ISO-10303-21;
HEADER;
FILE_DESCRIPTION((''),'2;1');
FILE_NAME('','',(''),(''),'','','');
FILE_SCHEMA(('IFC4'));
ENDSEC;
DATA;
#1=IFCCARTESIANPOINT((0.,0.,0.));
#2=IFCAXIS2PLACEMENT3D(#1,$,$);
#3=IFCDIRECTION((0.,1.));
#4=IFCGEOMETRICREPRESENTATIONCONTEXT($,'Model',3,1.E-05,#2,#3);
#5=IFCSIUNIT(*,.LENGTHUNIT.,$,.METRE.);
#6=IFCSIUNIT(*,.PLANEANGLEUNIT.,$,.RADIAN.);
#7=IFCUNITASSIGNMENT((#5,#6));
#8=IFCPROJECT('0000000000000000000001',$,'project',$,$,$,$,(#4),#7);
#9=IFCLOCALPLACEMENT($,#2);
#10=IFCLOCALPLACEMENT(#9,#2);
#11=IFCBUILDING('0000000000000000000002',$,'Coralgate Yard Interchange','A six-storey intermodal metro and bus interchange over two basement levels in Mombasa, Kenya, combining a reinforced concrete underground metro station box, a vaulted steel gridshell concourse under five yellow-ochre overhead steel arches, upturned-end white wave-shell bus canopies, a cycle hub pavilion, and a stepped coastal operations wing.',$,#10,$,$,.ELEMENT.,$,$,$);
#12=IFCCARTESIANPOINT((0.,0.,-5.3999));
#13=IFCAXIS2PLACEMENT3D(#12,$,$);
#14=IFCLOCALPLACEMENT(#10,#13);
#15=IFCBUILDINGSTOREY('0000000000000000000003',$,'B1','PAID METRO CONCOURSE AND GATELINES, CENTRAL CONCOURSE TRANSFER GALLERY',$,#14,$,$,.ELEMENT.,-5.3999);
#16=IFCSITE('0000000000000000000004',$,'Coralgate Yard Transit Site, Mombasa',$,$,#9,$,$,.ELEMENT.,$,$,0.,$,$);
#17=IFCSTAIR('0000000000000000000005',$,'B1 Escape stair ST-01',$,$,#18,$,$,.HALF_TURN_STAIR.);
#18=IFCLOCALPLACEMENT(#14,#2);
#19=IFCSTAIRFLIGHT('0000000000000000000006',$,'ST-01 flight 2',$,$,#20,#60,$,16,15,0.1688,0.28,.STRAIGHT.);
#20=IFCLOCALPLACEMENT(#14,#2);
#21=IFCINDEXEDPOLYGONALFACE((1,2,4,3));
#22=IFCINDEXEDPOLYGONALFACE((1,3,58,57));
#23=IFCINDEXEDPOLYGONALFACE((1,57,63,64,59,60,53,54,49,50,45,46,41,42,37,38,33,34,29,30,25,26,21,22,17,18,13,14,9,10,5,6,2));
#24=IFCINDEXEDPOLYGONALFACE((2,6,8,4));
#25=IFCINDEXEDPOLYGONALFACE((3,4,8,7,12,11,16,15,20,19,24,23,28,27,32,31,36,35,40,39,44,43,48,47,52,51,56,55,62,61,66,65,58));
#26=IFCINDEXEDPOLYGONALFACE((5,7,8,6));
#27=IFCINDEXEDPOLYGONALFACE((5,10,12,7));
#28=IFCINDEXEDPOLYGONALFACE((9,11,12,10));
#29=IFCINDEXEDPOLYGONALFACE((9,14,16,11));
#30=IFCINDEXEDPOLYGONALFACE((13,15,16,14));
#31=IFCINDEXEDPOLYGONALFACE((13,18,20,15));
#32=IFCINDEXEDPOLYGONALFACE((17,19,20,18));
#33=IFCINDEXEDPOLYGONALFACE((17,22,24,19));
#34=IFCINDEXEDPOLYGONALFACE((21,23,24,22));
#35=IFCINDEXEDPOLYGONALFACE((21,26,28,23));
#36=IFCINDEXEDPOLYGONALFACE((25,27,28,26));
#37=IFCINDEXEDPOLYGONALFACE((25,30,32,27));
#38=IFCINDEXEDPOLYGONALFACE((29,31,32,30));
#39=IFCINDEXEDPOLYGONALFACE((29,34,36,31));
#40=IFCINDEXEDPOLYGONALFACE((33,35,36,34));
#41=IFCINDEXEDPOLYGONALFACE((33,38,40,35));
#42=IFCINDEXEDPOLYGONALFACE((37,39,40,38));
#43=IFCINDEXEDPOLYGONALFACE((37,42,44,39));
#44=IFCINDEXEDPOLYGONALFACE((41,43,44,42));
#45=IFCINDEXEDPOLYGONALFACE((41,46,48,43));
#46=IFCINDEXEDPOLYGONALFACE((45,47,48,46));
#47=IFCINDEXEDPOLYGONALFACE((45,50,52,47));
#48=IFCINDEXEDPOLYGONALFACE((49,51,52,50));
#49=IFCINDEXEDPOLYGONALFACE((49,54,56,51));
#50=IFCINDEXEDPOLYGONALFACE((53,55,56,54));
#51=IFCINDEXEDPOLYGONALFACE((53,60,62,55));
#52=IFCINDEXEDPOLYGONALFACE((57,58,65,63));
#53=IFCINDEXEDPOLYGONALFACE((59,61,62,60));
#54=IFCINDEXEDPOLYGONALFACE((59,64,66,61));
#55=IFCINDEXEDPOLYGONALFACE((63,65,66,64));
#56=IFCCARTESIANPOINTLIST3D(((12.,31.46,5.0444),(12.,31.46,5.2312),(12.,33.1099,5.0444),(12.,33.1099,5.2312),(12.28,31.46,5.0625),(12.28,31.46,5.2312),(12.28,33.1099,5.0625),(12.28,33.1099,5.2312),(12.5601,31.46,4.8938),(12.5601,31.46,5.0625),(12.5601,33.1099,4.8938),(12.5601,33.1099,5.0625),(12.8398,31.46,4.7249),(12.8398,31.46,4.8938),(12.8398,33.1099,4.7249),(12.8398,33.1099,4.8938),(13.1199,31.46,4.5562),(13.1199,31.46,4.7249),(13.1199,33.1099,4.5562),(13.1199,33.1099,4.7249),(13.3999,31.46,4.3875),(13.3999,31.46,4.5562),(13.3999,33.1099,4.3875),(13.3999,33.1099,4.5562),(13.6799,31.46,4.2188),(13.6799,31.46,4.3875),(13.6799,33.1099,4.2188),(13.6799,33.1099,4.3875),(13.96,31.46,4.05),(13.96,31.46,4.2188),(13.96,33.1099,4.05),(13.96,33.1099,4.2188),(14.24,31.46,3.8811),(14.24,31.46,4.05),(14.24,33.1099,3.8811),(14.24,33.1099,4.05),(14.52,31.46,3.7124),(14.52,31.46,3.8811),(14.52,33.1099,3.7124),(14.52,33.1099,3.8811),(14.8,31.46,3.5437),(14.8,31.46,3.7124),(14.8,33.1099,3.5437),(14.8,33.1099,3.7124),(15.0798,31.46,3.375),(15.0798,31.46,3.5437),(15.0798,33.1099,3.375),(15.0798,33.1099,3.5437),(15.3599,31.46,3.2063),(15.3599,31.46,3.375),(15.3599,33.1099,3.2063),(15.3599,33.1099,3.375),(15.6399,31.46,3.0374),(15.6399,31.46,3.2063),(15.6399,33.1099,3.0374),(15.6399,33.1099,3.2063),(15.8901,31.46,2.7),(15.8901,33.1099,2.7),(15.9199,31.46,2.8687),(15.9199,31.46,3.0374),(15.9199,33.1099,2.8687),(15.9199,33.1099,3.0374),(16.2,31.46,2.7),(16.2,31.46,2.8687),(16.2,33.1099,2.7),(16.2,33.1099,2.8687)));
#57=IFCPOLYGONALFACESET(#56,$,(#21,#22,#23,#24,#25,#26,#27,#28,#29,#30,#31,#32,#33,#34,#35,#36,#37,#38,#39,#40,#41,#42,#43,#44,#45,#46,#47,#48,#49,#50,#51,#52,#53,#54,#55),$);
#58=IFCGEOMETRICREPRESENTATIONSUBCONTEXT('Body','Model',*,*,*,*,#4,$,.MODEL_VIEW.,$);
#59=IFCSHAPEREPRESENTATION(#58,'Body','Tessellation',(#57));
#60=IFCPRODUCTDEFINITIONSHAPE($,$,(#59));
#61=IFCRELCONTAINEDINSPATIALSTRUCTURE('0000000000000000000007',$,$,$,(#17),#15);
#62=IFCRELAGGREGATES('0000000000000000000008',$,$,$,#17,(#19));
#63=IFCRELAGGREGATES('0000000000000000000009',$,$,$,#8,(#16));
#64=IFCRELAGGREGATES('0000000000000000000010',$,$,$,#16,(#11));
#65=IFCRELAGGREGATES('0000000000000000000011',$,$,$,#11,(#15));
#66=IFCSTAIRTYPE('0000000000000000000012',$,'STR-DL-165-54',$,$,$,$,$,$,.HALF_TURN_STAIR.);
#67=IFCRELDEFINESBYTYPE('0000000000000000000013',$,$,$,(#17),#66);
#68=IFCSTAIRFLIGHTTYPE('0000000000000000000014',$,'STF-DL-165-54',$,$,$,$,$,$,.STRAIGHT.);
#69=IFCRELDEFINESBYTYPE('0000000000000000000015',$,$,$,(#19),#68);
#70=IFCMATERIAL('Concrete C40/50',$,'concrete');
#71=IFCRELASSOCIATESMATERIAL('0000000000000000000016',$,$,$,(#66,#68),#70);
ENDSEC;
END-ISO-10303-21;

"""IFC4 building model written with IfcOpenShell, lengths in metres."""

from ifc_helpers import new_model, si_unit, direction, frame, origin, place, context, subcontext, project, spatial, polyline, outline, extrude, material, type_object, element, aggregate, save


model = new_model("IFC4")

# Units and contexts
model_context = context("Model", 3, precision=1e-05, world=origin(), true_north=direction((0.0, 1.0)))
body_context = subcontext(model_context, "Body", "Model", "MODEL_VIEW")
ifc_project = project(units=[si_unit("LENGTHUNIT", "METRE"), si_unit("PLANEANGLEUNIT", "RADIAN")], contexts=[model_context])

# Site, building, storey
site_placement = place(None, origin())
site = spatial("IfcSite", under=ifc_project, at=site_placement, Name="Coralgate Yard Transit Site, Mombasa", CompositionType="ELEMENT", RefElevation=0.0)
building_placement = place(site_placement, origin())
building = spatial("IfcBuilding", under=site, at=building_placement, Name="Coralgate Yard Interchange", Description="A six-storey intermodal metro and bus interchange over two basement levels in Mombasa, Kenya, combining a reinforced concrete underground metro station box, a vaulted steel gridshell concourse under five yellow-ochre overhead steel arches, upturned-end white wave-shell bus canopies, a cycle hub pavilion, and a stepped coastal operations wing.", CompositionType="ELEMENT")
storey_placement = place(building_placement, frame((0.0, 0.0, -5.3999)))
storey = spatial("IfcBuildingStorey", under=building, at=storey_placement, Name="B1", Description="PAID METRO CONCOURSE AND GATELINES, CENTRAL CONCOURSE TRANSFER GALLERY", CompositionType="ELEMENT", Elevation=-5.3999)

# Shared definitions
ifc_material_1 = material(Name="Concrete C40/50", Category="concrete")

# Stair, stair flight
stair_type = type_object("IfcStairType", Name="STR-DL-165-54", PredefinedType="HALF_TURN_STAIR", material=ifc_material_1)
stair_placement = place(storey_placement, origin())
stair = element("IfcStair", 1, at=stair_placement, inside=storey, type_object=stair_type, Name="B1 Escape stair ST-01", PredefinedType="HALF_TURN_STAIR")
stair_flight_type = type_object("IfcStairFlightType", Name="STF-DL-165-54", PredefinedType="STRAIGHT", material=ifc_material_1)
stair_flight_1_placement = place(storey_placement, frame((16.2, 32.2849, 2.7), z_axis=(0.0, 0.0, 1.0), x_axis=(-1.0, 0.0, 0.0)))
stair_flight_1 = element("IfcStairFlight", 2, at=stair_flight_1_placement, type_object=stair_flight_type, Name="ST-01 flight 2", NumberOfRisers=16, NumberOfTreads=15, PredefinedType="STRAIGHT", RiserHeight=0.1688, TreadLength=0.28, context=body_context, shape_type="SweptSolid", body=[
    extrude(outline(polyline([(0.0, 0.0), (0.0, 0.1687), (0.28, 0.1687), (0.28, 0.3374), (0.5601, 0.3374), (0.5601, 0.5063), (0.8401, 0.5063), (0.8401, 0.675), (1.1201, 0.675), (1.1201, 0.8438), (1.3999, 0.8438), (1.3999, 1.0125), (1.6799, 1.0125), (1.6799, 1.1812), (1.96, 1.1812), (1.96, 1.3501), (2.24, 1.3501), (2.24, 1.5188), (2.52, 1.5188), (2.52, 1.6875), (2.8, 1.6875), (2.8, 1.8562), (3.0801, 1.8562), (3.0801, 2.0249), (3.3601, 2.0249), (3.3601, 2.1938), (3.6399, 2.1938), (3.6399, 2.3625), (3.9199, 2.3625), (3.9199, 2.5312), (4.2, 2.5312), (4.2, 2.7), (4.2, 2.3445), (0.3098, 0.0), (0.0, 0.0)])), frame((0.0, 0.825, 0.0), z_axis=(0.0, -1.0, 0.0), x_axis=(1.0, 0.0, 0.0)), (0.0, 0.0, 1.0), 1.6499),
])
aggregate(stair, [stair_flight_1])

save(model, "model.ifc")
